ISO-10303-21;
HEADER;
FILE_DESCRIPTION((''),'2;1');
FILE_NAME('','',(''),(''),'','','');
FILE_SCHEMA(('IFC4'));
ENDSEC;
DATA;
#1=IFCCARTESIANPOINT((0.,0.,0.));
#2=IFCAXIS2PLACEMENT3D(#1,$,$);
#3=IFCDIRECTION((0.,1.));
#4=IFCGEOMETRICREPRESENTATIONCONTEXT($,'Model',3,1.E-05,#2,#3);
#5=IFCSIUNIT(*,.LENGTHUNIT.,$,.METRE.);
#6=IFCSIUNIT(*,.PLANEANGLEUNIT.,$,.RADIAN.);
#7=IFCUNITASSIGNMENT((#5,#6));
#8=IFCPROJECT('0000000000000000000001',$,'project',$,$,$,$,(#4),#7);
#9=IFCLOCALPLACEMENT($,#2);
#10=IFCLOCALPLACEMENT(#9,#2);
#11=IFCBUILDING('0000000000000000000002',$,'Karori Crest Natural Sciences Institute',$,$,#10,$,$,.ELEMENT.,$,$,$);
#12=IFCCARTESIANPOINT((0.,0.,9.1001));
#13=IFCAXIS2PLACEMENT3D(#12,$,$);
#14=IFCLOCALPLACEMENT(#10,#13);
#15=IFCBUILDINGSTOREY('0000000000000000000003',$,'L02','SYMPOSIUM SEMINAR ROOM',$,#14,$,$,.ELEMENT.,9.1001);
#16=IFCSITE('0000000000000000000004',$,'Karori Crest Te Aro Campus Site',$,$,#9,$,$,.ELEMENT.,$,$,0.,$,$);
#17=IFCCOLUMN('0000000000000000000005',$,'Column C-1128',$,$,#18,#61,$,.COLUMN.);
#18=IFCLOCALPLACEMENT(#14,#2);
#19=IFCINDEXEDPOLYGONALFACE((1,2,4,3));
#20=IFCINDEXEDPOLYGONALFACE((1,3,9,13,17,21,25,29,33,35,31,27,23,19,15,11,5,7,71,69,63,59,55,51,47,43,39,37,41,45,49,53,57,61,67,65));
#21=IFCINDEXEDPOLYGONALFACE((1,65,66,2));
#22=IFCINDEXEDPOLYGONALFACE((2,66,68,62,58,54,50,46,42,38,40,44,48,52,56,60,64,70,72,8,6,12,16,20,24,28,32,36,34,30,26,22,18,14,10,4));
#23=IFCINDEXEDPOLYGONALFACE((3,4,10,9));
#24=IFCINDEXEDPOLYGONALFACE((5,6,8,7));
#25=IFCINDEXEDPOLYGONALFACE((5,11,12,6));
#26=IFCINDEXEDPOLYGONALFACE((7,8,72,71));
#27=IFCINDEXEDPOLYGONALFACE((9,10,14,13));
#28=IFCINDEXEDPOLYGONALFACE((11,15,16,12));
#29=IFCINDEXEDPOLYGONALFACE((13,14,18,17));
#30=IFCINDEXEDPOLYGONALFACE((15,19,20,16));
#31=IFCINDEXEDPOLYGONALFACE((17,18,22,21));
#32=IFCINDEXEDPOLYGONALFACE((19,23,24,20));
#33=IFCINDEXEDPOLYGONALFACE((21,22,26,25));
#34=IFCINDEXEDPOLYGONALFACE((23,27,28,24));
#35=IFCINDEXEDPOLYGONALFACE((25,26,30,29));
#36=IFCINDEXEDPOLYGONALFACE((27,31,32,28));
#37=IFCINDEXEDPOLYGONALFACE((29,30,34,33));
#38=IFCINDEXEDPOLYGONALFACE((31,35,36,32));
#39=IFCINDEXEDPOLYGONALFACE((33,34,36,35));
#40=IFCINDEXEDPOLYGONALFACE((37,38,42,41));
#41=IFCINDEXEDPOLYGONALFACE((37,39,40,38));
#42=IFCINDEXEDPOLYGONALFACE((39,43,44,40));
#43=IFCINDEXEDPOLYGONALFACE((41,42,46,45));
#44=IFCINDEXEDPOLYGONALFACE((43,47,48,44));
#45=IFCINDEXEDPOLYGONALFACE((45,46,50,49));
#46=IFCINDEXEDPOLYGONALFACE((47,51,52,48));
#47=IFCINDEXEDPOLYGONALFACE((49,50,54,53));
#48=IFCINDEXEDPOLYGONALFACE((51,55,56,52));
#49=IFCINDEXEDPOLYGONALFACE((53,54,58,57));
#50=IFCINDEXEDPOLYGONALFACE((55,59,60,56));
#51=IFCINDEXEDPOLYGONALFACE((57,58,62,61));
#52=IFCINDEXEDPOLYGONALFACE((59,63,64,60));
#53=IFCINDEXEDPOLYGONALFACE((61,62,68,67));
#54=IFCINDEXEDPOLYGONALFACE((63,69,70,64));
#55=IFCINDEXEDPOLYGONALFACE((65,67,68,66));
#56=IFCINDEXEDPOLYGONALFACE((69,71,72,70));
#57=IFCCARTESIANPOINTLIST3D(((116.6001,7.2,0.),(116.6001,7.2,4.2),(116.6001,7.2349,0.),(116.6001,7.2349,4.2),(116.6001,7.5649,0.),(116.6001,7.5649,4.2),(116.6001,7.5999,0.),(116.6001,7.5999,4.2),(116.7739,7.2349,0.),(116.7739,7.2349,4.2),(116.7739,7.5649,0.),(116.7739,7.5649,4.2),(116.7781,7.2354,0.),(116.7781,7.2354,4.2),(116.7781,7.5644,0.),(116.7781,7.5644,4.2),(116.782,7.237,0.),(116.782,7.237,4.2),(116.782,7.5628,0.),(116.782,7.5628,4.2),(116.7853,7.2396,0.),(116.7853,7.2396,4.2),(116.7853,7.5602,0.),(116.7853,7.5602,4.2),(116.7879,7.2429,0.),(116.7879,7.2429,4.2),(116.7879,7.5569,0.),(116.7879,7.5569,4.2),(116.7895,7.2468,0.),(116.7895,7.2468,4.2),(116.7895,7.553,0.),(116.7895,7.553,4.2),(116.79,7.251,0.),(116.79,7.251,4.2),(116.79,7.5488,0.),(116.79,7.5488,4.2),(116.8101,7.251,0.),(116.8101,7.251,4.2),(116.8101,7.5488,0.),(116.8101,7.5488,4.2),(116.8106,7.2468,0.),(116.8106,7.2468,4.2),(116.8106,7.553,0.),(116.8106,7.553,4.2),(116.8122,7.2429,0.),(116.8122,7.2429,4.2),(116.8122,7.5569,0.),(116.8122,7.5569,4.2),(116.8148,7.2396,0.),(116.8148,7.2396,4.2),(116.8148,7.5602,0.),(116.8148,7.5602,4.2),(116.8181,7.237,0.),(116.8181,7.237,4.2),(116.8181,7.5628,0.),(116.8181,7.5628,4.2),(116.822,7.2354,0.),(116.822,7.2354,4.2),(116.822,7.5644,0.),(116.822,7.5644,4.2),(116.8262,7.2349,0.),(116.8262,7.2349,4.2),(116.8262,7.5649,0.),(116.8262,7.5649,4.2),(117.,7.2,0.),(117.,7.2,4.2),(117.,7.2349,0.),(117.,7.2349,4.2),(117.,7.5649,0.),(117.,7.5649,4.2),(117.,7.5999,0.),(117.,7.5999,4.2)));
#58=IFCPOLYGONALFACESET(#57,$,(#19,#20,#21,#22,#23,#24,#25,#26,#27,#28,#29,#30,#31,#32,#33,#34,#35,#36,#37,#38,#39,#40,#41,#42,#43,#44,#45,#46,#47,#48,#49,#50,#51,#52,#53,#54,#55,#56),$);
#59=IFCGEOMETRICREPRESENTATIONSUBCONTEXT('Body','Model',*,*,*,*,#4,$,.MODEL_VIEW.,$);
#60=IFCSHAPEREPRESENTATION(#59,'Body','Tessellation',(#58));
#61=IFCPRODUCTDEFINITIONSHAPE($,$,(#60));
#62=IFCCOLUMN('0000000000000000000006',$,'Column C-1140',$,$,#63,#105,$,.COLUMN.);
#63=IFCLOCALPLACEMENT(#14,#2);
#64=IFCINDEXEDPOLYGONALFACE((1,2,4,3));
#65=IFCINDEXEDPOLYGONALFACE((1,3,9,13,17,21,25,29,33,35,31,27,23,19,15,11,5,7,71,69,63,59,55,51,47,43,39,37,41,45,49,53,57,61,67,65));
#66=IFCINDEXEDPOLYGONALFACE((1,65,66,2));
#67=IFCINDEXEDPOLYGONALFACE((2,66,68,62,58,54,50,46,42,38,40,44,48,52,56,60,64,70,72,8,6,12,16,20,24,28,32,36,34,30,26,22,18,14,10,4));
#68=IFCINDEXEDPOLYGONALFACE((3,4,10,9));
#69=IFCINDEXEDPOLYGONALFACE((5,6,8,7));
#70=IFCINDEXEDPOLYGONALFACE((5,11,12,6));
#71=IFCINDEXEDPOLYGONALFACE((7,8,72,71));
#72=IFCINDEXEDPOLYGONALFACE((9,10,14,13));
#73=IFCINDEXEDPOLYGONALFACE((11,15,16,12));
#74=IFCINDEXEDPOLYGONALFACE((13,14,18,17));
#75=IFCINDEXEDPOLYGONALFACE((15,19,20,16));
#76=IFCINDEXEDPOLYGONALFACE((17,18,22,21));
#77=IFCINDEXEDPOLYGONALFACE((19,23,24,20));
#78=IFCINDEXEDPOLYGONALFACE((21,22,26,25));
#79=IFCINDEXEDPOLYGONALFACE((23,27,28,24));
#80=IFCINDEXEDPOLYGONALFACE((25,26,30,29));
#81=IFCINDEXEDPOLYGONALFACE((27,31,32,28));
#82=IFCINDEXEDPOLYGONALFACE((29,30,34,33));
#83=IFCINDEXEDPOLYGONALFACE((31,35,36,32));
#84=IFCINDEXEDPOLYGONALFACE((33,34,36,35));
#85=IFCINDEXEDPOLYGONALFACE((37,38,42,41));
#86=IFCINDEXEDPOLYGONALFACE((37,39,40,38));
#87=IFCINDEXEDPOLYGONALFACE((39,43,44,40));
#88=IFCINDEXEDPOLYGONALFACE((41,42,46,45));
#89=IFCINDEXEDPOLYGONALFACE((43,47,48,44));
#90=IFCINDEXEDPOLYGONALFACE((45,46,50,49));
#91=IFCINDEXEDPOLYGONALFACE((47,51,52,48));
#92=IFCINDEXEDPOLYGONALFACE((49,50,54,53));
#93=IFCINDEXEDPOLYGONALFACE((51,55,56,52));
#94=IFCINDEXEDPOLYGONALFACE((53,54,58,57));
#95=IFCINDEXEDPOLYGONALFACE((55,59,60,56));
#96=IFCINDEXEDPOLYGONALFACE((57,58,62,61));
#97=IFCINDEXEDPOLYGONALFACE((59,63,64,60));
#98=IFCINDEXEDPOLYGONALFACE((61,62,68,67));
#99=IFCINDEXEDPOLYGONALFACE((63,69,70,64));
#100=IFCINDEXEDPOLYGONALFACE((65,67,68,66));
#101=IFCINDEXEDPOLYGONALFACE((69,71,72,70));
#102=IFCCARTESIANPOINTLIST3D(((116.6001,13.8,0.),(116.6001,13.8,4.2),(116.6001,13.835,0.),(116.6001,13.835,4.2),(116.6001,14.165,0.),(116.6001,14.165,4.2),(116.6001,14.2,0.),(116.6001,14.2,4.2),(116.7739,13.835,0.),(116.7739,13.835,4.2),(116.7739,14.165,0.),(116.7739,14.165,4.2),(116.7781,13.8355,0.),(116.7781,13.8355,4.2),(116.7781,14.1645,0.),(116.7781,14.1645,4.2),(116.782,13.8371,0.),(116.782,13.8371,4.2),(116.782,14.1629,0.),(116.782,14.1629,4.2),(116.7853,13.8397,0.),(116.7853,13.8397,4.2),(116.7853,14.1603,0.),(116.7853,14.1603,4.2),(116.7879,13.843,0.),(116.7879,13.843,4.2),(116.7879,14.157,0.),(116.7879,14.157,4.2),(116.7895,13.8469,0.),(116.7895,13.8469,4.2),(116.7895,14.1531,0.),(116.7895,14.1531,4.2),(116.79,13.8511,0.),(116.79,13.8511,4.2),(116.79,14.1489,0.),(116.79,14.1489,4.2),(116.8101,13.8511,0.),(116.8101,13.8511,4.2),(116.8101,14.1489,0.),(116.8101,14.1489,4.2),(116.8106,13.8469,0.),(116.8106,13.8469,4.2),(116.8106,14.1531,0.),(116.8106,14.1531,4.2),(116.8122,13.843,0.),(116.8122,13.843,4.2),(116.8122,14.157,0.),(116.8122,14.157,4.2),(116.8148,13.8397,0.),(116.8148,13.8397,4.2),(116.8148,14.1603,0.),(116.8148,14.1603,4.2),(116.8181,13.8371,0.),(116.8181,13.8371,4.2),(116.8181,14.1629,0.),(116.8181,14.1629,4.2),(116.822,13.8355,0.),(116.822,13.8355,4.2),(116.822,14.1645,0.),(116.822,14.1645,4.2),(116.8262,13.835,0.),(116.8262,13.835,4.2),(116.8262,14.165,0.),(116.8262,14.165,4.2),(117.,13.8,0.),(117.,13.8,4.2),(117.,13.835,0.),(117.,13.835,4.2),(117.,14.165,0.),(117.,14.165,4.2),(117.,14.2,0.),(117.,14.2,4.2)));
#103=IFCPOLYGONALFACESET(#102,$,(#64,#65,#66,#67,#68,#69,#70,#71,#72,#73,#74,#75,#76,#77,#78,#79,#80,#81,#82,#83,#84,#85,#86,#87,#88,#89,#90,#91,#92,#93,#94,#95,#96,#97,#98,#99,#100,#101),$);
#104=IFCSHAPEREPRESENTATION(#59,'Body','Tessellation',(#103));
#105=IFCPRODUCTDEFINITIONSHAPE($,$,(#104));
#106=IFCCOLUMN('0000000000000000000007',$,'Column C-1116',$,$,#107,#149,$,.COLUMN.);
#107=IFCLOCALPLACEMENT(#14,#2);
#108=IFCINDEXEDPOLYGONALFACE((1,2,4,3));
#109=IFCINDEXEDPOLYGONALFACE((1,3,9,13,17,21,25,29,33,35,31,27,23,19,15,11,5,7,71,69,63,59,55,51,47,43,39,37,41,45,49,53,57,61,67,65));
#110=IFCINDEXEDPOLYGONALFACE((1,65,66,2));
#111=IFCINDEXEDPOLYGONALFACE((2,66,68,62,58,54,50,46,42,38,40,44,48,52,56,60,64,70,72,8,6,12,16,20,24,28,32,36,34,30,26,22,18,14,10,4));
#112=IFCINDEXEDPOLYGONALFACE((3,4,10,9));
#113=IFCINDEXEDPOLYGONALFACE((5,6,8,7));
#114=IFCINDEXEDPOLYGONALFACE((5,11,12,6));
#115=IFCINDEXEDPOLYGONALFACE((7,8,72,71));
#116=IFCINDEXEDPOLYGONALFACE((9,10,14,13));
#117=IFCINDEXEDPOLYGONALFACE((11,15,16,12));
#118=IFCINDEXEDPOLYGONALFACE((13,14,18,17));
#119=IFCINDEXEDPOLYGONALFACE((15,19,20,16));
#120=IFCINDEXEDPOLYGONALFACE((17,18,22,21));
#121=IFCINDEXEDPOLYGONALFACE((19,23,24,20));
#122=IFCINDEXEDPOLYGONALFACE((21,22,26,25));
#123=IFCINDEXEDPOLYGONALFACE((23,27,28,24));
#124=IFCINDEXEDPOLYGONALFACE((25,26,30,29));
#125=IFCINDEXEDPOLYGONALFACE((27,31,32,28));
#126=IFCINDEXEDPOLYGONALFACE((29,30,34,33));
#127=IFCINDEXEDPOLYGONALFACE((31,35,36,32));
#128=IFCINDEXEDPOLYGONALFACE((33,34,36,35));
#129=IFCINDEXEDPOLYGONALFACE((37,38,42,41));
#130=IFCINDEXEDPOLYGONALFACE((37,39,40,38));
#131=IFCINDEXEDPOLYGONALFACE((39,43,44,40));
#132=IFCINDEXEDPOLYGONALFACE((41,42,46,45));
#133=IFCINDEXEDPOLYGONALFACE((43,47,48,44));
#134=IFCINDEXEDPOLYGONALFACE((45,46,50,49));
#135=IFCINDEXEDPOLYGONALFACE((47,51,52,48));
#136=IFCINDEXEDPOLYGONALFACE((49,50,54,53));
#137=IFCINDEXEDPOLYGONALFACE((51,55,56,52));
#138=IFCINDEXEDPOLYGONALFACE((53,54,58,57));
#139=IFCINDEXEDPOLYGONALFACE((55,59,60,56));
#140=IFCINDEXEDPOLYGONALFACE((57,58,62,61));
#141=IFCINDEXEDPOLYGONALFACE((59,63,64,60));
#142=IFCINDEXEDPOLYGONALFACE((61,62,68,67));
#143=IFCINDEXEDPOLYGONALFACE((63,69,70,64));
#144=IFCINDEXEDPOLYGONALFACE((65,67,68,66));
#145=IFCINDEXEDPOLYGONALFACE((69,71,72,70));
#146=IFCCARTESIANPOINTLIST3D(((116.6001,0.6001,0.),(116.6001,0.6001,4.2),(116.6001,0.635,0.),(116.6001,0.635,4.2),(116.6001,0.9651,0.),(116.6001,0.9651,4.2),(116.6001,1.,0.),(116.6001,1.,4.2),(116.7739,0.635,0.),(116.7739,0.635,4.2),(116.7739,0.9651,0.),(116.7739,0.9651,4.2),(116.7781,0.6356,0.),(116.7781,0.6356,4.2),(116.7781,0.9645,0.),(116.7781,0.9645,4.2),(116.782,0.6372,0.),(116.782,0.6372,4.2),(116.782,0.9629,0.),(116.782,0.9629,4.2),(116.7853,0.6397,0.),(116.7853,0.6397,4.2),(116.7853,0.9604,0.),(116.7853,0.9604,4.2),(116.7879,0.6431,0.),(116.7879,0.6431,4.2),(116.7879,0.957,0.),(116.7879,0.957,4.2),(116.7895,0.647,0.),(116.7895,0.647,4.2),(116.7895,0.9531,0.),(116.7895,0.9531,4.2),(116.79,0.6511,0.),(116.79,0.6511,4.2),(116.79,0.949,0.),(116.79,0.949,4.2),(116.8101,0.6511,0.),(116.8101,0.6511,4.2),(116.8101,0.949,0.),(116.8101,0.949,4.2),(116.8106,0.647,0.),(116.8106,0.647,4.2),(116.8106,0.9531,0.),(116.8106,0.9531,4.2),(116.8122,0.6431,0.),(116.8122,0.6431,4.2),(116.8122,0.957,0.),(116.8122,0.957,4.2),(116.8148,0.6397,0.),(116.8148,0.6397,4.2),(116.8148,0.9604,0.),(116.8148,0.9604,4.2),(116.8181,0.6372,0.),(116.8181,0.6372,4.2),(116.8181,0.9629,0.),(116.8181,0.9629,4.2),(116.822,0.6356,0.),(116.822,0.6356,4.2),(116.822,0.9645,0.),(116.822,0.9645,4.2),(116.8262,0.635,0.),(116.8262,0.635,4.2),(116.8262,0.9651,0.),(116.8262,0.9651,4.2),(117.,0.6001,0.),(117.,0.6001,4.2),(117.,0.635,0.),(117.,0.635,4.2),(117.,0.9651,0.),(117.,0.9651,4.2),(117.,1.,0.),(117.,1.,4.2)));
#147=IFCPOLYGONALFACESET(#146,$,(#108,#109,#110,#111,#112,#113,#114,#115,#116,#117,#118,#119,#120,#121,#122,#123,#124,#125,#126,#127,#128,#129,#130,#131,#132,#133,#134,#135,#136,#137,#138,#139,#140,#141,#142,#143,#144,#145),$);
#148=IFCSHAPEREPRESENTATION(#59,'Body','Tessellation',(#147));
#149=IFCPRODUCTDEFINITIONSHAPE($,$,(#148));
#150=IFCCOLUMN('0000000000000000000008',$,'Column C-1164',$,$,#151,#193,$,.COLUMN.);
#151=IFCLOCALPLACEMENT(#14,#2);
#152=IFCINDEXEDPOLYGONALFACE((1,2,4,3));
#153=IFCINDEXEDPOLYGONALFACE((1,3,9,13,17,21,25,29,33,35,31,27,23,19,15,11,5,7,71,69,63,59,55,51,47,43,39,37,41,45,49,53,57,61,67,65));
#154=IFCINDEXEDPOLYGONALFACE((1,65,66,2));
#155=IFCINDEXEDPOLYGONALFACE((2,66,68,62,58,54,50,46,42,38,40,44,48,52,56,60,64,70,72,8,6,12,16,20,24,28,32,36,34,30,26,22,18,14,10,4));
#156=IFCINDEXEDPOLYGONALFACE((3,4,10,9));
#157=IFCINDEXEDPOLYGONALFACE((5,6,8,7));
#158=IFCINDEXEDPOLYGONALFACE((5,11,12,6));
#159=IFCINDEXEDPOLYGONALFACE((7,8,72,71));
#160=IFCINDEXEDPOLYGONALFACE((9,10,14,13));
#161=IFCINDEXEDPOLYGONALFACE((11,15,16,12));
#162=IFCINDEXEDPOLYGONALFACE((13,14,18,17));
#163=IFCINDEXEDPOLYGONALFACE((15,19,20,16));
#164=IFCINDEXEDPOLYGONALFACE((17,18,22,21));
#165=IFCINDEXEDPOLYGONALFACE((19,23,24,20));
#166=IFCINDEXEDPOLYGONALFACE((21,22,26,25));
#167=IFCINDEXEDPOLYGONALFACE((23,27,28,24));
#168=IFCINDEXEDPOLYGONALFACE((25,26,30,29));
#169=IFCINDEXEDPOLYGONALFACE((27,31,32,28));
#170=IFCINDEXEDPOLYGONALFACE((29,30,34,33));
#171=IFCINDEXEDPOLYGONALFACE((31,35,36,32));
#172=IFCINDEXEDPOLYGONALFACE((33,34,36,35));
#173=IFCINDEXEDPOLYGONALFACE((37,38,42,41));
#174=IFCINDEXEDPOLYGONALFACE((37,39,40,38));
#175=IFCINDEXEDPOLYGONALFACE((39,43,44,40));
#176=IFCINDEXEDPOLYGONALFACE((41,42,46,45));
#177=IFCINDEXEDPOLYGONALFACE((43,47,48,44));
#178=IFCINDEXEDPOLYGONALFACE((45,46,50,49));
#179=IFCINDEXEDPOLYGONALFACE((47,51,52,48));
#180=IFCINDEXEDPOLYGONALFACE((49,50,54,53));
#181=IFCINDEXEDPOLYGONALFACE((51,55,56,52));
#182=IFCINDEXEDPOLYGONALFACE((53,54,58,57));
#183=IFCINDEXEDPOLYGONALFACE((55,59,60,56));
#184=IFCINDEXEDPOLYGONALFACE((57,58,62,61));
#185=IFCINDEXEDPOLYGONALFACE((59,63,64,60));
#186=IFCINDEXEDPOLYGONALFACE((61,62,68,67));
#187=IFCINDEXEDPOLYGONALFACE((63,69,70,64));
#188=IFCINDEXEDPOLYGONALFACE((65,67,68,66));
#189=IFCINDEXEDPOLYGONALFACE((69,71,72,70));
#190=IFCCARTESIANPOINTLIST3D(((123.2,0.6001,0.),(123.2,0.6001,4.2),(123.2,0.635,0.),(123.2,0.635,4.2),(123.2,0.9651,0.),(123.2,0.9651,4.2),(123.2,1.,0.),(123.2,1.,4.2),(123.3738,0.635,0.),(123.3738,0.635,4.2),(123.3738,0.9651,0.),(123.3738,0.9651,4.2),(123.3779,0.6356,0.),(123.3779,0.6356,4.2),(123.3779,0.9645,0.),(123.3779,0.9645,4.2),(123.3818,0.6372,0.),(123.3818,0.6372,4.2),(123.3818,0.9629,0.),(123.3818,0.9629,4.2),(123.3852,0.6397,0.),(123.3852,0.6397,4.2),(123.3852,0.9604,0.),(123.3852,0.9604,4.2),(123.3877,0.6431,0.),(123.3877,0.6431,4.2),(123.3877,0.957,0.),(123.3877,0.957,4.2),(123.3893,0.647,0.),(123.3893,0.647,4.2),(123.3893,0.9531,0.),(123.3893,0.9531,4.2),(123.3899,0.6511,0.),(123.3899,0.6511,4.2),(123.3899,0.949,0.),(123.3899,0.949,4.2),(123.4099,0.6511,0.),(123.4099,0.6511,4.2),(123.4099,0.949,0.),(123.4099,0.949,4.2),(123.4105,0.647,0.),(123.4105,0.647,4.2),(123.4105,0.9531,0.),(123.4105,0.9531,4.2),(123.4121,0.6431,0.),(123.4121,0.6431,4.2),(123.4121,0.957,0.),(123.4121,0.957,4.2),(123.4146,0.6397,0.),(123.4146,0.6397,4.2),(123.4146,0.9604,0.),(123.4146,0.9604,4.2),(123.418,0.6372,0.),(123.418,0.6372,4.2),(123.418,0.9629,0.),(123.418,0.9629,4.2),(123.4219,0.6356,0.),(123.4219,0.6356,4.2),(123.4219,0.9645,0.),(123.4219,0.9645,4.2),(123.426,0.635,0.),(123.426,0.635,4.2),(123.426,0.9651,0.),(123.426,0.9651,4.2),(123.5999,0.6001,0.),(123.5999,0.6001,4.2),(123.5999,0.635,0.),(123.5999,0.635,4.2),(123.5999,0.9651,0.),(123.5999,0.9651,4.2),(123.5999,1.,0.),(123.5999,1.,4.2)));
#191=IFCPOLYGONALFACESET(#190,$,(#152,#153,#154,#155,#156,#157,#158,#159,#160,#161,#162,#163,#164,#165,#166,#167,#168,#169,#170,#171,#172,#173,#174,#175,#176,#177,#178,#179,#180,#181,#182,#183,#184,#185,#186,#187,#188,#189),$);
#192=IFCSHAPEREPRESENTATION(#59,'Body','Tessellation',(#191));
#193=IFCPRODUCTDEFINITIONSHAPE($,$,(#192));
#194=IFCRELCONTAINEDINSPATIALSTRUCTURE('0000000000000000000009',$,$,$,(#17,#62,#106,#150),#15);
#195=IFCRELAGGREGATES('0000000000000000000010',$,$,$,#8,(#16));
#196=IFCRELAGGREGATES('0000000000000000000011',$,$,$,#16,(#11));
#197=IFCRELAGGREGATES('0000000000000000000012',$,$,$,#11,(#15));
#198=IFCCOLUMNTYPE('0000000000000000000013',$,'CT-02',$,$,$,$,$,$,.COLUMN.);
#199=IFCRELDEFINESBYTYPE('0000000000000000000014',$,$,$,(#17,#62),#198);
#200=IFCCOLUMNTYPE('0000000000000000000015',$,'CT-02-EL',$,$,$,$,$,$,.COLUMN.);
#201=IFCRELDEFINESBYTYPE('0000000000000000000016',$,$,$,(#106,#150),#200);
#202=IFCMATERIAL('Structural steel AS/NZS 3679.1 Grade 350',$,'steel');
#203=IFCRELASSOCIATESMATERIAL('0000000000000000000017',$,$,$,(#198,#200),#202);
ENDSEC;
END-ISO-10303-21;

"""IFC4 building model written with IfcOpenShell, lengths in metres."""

from ifc_helpers import new_model, si_unit, direction, frame, origin, origin_2d, place, context, subcontext, project, spatial, i_section, extrude, material, material_profile, profile_set, type_object, element, save


model = new_model("IFC4")

# Units and contexts
model_context = context("Model", 3, precision=1e-05, world=origin(), true_north=direction((0.0, 1.0)))
body_context = subcontext(model_context, "Body", "Model", "MODEL_VIEW")
ifc_project = project(units=[si_unit("LENGTHUNIT", "METRE"), si_unit("PLANEANGLEUNIT", "RADIAN")], contexts=[model_context])

# Site, building, storey
site_placement = place(None, origin())
site = spatial("IfcSite", under=ifc_project, at=site_placement, Name="Karori Crest Te Aro Campus Site", CompositionType="ELEMENT", RefElevation=0.0)
building_placement = place(site_placement, origin())
building = spatial("IfcBuilding", under=site, at=building_placement, Name="Karori Crest Natural Sciences Institute", CompositionType="ELEMENT")
storey_placement = place(building_placement, frame((0.0, 0.0, 9.1001)))
storey = spatial("IfcBuildingStorey", under=building, at=storey_placement, Name="L02", Description="SYMPOSIUM SEMINAR ROOM", CompositionType="ELEMENT", Elevation=9.1001)

# Columns
ifc_material_1 = material(Name="Structural steel AS/NZS 3679.1 Grade 350", Category="steel")
ifc_material_profile_1 = material_profile(ifc_material_1, i_section(OverallWidth=0.3999, OverallDepth=0.3999, WebThickness=0.02, FlangeThickness=0.0349, FilletRadius=0.0161, at=origin_2d()), Name="400WC328")
ifc_profile_set_1 = profile_set([ifc_material_profile_1], Name="Structural steel AS/NZS 3679.1 Grade 350")
column_type_1 = type_object("IfcColumnType", Name="CT-02", PredefinedType="COLUMN", material=ifc_profile_set_1)
for number, where, z_axis, x_axis, name in (
    (1, (116.8, 7.3999, 0.0), (0.0, 0.0, 1.0), (1.0, 0.0, 0.0), "Column C-1128"),
    (2, (116.8, 14.0, 0.0), (0.0, 0.0, 1.0), (1.0, 0.0, 0.0), "Column C-1140"),
):
    element("IfcColumn", number, at=place(storey_placement, frame(where, z_axis=z_axis, x_axis=x_axis)), inside=storey, type_object=column_type_1, Name=name, PredefinedType="COLUMN", context=body_context, shape_type="SweptSolid", body=[
        extrude(i_section(OverallWidth=0.3999, OverallDepth=0.3999, WebThickness=0.02, FlangeThickness=0.0349, FilletRadius=0.0161, at=origin_2d()), origin(), (0.0, 0.0, 1.0), 4.2),
    ])
ifc_material_profile_2 = material_profile(ifc_material_1, i_section(OverallWidth=0.3999, OverallDepth=0.3999, WebThickness=0.02, FlangeThickness=0.0349, FilletRadius=0.0161, at=origin_2d()), Name="400WC328")
ifc_profile_set_2 = profile_set([ifc_material_profile_2], Name="Structural steel AS/NZS 3679.1 Grade 350")
column_type_2 = type_object("IfcColumnType", Name="CT-02-EL", PredefinedType="COLUMN", material=ifc_profile_set_2)
for number, where, z_axis, x_axis, name in (
    (3, (116.8, 0.8, 0.0), (0.0, 0.0, 1.0), (1.0, 0.0, 0.0), "Column C-1116"),
    (4, (123.3999, 0.8, 0.0), (0.0, 0.0, 1.0), (1.0, 0.0, 0.0), "Column C-1164"),
):
    element("IfcColumn", number, at=place(storey_placement, frame(where, z_axis=z_axis, x_axis=x_axis)), inside=storey, type_object=column_type_2, Name=name, PredefinedType="COLUMN", context=body_context, shape_type="SweptSolid", body=[
        extrude(i_section(OverallWidth=0.3999, OverallDepth=0.3999, WebThickness=0.02, FlangeThickness=0.0349, FilletRadius=0.0161, at=origin_2d()), origin(), (0.0, 0.0, 1.0), 4.2),
    ])

save(model, "model.ifc")
